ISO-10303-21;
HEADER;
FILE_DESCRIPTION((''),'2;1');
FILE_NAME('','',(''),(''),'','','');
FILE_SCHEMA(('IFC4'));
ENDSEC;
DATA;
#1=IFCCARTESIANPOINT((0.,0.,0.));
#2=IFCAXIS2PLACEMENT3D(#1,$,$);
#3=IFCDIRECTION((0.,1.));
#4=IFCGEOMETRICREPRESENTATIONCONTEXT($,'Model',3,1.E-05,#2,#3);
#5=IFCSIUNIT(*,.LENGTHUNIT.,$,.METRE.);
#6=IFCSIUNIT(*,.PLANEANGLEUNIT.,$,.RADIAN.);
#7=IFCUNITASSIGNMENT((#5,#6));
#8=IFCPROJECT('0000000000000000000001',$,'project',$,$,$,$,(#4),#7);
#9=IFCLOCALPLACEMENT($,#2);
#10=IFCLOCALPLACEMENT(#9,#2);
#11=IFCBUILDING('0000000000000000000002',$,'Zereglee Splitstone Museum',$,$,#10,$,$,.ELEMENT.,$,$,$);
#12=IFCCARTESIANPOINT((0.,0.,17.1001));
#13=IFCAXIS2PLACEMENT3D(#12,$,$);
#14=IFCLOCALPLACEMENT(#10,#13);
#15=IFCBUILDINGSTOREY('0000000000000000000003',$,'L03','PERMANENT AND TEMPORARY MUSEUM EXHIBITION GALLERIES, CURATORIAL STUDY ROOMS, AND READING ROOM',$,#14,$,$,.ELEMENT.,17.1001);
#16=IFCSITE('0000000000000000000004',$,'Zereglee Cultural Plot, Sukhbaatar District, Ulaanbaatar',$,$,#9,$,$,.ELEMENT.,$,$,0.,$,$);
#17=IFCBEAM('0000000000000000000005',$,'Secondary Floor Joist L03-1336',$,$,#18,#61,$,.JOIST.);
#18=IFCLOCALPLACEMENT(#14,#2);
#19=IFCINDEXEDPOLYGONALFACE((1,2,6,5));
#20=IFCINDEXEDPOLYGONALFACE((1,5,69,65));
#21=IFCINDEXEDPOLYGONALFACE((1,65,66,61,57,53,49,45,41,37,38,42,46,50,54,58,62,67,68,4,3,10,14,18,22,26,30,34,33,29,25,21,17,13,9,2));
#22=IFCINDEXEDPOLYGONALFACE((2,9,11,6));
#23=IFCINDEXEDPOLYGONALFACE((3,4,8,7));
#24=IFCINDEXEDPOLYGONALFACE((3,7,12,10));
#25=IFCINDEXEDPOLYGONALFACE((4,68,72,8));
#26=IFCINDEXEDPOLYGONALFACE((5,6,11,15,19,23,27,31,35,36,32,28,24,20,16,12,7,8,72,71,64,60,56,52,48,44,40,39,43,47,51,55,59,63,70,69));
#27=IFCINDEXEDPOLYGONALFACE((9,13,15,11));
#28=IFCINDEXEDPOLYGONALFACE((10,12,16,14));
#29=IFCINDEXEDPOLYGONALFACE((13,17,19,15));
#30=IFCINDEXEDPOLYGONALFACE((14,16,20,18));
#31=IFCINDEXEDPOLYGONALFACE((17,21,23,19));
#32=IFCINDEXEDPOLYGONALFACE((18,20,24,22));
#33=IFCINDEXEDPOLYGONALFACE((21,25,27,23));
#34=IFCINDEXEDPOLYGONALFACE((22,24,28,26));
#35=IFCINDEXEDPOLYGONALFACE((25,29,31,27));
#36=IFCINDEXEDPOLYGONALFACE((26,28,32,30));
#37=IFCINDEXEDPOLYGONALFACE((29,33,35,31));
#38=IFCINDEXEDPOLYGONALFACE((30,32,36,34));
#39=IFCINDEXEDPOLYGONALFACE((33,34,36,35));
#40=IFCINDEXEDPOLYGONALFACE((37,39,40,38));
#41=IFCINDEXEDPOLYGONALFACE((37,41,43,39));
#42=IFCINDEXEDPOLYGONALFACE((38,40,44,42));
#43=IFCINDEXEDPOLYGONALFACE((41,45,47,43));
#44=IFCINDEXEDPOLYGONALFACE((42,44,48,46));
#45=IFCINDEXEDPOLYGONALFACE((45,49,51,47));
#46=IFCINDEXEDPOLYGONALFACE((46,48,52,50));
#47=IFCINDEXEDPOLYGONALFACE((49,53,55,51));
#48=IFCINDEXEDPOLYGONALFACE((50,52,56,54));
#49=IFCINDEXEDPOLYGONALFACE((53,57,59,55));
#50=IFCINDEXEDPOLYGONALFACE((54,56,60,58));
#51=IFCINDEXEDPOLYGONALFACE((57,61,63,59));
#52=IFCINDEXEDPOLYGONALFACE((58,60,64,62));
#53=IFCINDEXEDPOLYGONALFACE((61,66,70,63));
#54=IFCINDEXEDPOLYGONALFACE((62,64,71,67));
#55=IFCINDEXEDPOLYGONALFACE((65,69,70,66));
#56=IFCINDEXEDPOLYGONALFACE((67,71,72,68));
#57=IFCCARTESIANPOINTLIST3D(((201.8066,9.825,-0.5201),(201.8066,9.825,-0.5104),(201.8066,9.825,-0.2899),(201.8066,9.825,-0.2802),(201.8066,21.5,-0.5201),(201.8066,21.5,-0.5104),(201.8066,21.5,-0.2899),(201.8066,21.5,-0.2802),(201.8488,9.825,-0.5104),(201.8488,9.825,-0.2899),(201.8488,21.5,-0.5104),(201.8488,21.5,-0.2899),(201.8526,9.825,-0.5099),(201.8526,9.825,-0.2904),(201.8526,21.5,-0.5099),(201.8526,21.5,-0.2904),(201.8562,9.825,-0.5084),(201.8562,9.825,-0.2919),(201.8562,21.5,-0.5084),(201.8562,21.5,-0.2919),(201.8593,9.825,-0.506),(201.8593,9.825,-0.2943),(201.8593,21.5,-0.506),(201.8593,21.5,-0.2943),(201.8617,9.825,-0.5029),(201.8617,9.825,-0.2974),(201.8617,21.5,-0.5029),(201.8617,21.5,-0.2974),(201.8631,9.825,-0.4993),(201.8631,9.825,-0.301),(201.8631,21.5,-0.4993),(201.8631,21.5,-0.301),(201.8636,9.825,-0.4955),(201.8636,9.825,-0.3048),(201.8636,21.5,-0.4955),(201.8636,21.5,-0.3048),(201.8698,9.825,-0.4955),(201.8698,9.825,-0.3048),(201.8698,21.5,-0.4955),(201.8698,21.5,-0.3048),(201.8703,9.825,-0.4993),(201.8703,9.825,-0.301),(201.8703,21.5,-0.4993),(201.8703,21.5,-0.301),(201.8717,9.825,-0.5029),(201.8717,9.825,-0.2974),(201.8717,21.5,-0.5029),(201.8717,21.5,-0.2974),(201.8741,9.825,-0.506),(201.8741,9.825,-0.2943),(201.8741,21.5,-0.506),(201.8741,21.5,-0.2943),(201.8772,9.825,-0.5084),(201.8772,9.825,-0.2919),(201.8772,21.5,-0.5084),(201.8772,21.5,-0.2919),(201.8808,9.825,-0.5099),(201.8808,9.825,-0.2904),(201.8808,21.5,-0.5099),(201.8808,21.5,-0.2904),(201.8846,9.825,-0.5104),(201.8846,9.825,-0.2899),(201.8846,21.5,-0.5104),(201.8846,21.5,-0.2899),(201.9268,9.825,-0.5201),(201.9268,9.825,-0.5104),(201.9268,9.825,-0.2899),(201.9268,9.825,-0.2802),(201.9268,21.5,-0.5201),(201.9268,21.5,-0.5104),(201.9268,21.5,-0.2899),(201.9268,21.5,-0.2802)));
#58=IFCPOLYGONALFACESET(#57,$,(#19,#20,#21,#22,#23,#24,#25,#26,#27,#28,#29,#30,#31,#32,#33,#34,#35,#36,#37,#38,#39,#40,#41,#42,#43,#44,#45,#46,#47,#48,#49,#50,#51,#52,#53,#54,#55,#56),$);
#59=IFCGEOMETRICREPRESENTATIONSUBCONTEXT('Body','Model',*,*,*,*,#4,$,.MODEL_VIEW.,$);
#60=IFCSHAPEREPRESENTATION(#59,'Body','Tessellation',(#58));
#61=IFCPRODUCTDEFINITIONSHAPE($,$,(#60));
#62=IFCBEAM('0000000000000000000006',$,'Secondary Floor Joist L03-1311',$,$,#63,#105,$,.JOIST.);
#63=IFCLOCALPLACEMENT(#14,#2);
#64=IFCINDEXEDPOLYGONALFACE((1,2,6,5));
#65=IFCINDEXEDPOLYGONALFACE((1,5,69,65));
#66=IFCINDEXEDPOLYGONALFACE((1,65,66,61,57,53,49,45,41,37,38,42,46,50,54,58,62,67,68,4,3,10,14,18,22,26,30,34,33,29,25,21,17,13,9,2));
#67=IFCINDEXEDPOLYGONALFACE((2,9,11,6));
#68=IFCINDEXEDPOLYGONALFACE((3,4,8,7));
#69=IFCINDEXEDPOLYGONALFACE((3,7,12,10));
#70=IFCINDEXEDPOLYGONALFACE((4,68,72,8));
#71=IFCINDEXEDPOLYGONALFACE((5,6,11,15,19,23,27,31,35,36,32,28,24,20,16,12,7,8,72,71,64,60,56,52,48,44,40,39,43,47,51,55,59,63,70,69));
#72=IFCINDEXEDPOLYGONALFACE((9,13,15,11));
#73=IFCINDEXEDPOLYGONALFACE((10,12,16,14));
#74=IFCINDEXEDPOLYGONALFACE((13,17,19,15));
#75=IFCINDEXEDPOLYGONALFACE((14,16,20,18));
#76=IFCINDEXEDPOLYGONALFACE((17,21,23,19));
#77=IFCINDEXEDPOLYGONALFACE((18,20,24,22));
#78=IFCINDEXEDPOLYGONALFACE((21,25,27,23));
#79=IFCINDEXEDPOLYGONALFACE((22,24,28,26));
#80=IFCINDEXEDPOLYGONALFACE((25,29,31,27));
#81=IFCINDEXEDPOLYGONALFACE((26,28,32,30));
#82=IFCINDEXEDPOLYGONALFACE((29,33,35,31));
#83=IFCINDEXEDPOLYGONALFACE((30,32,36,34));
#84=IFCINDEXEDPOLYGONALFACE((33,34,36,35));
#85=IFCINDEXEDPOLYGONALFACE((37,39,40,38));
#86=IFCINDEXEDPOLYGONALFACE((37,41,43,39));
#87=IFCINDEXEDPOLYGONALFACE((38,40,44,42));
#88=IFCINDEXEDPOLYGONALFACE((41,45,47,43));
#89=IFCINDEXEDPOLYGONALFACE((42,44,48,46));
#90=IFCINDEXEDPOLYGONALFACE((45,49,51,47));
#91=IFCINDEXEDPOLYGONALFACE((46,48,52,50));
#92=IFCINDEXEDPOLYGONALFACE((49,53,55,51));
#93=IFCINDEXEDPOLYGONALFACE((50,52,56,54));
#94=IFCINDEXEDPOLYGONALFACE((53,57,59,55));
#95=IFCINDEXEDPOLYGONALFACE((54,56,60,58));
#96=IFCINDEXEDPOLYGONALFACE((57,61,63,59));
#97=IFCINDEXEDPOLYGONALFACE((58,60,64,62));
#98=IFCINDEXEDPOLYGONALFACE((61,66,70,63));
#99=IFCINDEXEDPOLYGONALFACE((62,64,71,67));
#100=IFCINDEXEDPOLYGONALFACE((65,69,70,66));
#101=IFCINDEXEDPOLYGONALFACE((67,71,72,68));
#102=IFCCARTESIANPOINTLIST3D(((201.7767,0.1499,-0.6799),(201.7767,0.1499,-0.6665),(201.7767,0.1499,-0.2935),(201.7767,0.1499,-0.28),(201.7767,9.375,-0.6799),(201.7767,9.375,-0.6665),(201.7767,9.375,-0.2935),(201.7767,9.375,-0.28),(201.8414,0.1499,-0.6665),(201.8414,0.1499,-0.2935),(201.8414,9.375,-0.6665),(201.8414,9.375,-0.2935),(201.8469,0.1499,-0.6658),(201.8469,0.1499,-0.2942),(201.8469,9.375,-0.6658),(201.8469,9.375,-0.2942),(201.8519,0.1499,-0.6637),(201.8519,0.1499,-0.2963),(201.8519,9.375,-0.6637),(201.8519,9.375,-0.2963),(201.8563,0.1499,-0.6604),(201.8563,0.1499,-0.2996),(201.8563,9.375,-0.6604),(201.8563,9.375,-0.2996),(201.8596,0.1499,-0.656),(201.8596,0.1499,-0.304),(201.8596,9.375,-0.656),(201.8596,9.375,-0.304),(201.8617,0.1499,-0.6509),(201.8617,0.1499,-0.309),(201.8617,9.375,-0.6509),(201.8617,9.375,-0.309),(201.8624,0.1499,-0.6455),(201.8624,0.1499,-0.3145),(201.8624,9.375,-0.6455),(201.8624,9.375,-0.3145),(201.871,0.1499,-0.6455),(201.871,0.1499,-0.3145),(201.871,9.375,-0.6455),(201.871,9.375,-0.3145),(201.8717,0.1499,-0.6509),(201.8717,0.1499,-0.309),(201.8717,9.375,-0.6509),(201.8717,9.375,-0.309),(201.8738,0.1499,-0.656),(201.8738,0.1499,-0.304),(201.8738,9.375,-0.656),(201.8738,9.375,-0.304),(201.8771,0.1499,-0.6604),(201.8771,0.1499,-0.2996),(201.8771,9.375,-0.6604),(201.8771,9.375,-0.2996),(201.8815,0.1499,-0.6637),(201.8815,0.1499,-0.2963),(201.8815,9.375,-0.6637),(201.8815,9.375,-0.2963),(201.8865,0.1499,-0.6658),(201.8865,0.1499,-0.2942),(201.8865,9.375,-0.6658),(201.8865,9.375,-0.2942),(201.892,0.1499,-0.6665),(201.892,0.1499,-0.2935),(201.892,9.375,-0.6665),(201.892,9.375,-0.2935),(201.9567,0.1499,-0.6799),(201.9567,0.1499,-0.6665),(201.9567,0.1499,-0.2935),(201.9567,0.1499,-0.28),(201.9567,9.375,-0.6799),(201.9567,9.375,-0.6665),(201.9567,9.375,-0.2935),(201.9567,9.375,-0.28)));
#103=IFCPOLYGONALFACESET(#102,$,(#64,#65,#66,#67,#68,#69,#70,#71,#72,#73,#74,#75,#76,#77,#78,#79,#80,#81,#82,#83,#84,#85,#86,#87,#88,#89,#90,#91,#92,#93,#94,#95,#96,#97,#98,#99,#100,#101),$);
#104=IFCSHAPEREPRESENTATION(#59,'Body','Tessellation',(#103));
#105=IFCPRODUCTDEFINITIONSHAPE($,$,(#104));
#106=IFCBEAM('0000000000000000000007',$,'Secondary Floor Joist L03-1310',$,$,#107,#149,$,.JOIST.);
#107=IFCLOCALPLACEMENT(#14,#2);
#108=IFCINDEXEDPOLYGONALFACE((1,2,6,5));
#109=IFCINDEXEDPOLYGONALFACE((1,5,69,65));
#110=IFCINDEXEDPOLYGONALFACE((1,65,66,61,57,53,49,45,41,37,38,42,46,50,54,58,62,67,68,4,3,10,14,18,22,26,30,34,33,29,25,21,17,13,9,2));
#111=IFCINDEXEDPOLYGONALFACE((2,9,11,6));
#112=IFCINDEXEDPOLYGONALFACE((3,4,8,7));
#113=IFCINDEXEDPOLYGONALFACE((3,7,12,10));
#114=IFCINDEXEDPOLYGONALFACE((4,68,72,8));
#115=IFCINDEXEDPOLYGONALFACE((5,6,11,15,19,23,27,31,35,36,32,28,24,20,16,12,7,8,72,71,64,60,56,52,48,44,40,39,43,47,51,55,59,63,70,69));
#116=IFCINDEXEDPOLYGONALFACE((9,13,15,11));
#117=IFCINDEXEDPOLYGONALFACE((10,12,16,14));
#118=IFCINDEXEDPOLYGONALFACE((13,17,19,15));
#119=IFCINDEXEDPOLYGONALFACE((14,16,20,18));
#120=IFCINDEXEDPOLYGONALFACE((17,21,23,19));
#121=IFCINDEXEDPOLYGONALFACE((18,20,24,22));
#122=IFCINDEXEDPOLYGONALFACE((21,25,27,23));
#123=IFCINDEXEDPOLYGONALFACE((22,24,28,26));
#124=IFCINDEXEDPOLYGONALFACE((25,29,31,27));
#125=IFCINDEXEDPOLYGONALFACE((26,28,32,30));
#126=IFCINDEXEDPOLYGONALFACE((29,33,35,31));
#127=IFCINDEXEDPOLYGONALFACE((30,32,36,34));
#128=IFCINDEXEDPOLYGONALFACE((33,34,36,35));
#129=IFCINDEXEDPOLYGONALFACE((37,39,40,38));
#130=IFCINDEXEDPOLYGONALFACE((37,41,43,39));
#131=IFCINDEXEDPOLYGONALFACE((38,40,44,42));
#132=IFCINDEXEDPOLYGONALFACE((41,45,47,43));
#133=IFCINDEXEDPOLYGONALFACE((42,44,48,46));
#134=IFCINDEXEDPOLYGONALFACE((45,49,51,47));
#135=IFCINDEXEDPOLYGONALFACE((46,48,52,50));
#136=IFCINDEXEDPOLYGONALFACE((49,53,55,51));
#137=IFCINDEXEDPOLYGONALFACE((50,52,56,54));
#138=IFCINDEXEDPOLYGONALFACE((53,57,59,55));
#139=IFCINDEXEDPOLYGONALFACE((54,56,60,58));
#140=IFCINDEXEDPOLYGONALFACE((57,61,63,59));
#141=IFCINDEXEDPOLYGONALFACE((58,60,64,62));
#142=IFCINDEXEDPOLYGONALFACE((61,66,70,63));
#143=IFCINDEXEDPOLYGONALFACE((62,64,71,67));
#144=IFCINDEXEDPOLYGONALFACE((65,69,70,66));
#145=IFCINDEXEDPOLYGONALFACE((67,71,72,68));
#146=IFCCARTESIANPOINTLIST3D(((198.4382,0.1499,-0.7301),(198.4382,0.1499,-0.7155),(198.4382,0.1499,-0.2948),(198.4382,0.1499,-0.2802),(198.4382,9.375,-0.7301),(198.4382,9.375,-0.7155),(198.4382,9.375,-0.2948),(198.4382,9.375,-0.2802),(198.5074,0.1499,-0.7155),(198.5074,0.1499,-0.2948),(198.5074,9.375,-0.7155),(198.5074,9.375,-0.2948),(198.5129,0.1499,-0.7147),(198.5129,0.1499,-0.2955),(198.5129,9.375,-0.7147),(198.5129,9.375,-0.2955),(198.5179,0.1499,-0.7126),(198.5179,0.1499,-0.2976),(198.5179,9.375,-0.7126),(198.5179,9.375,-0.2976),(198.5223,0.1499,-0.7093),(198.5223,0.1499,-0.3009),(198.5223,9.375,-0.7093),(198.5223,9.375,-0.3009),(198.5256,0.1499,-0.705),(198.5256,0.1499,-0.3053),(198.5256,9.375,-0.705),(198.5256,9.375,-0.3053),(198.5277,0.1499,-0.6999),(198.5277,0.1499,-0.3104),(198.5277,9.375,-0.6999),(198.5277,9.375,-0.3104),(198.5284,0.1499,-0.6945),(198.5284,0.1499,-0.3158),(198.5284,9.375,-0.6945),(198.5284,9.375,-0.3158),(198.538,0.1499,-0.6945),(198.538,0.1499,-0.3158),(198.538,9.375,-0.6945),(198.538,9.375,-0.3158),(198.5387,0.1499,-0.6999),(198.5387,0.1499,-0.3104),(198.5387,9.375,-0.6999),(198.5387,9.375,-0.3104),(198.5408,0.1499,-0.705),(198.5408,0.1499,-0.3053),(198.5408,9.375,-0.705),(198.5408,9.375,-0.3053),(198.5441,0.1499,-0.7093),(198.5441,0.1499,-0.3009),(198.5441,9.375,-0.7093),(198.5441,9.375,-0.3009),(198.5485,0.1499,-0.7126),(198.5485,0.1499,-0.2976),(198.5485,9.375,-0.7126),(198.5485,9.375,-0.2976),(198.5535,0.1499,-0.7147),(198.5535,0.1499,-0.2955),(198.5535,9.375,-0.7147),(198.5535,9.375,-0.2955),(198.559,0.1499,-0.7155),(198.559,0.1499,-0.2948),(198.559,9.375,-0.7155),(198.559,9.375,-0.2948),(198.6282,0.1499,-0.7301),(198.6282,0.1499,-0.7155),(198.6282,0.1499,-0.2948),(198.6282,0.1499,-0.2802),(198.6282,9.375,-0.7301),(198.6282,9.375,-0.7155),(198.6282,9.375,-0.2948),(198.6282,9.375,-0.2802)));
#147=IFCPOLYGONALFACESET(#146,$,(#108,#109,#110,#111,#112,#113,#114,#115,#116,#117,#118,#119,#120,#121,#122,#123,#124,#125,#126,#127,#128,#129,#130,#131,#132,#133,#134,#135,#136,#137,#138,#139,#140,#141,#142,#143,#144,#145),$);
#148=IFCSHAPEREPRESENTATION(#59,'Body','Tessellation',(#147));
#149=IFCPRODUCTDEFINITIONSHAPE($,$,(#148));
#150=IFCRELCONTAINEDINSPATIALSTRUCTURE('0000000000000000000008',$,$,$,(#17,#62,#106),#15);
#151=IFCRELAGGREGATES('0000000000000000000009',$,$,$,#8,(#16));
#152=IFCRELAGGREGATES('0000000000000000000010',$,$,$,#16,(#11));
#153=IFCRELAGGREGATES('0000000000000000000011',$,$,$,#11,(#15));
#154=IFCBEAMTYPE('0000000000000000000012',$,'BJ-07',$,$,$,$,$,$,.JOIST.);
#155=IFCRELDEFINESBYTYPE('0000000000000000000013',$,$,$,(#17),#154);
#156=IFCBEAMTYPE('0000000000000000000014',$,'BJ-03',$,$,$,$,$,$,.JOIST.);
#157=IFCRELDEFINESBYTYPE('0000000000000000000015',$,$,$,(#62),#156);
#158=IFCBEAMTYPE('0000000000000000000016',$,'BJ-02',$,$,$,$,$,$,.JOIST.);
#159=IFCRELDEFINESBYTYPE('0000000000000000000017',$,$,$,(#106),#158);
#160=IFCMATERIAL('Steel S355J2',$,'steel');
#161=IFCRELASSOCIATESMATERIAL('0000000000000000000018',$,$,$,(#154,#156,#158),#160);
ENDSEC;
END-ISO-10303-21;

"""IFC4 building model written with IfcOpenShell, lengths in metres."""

from ifc_helpers import new_model, si_unit, direction, frame, origin, origin_2d, place, context, subcontext, project, spatial, i_section, extrude, material, material_profile, profile_set, type_object, element, save


model = new_model("IFC4")

# Units and contexts
model_context = context("Model", 3, precision=1e-05, world=origin(), true_north=direction((0.0, 1.0)))
body_context = subcontext(model_context, "Body", "Model", "MODEL_VIEW")
ifc_project = project(units=[si_unit("LENGTHUNIT", "METRE"), si_unit("PLANEANGLEUNIT", "RADIAN")], contexts=[model_context])

# Site, building, storey
site_placement = place(None, origin())
site = spatial("IfcSite", under=ifc_project, at=site_placement, Name="Zereglee Cultural Plot, Sukhbaatar District, Ulaanbaatar", CompositionType="ELEMENT", RefElevation=0.0)
building_placement = place(site_placement, origin())
building = spatial("IfcBuilding", under=site, at=building_placement, Name="Zereglee Splitstone Museum", CompositionType="ELEMENT")
storey_placement = place(building_placement, frame((0.0, 0.0, 17.1001)))
storey = spatial("IfcBuildingStorey", under=building, at=storey_placement, Name="L03", Description="PERMANENT AND TEMPORARY MUSEUM EXHIBITION GALLERIES, CURATORIAL STUDY ROOMS, AND READING ROOM", CompositionType="ELEMENT", Elevation=17.1001)

# Beams
ifc_material_1 = material(Name="Steel S355J2", Category="steel")
ifc_material_profile_1 = material_profile(ifc_material_1, i_section(OverallWidth=0.1201, OverallDepth=0.24, WebThickness=0.0061, FlangeThickness=0.0098, FilletRadius=0.0149, at=origin_2d()), Name="IPE 240")
ifc_profile_set_1 = profile_set([ifc_material_profile_1], Name="Steel S355J2")
beam_type_1 = type_object("IfcBeamType", Name="BJ-07", PredefinedType="JOIST", material=ifc_profile_set_1)
beam_1_placement = place(storey_placement, frame((201.8667, 9.825, -0.4001), z_axis=(0.0, 1.0, 0.0), x_axis=(-1.0, 0.0, 0.0)))
element("IfcBeam", 1, at=beam_1_placement, inside=storey, type_object=beam_type_1, Name="Secondary Floor Joist L03-1336", PredefinedType="JOIST", context=body_context, shape_type="SweptSolid", body=[
    extrude(i_section(OverallWidth=0.1201, OverallDepth=0.24, WebThickness=0.0061, FlangeThickness=0.0098, FilletRadius=0.0149, at=origin_2d()), origin(), (0.0, 0.0, 1.0), 11.675),
])
ifc_material_profile_2 = material_profile(ifc_material_1, i_section(OverallWidth=0.1799, OverallDepth=0.3999, WebThickness=0.0085, FlangeThickness=0.0134, FilletRadius=0.021, at=origin_2d()), Name="IPE 400")
ifc_profile_set_2 = profile_set([ifc_material_profile_2], Name="Steel S355J2")
beam_type_2 = type_object("IfcBeamType", Name="BJ-03", PredefinedType="JOIST", material=ifc_profile_set_2)
beam_2_placement = place(storey_placement, frame((201.8667, 0.1499, -0.48), z_axis=(0.0, 1.0, 0.0), x_axis=(-1.0, 0.0, 0.0)))
element("IfcBeam", 2, at=beam_2_placement, inside=storey, type_object=beam_type_2, Name="Secondary Floor Joist L03-1311", PredefinedType="JOIST", context=body_context, shape_type="SweptSolid", body=[
    extrude(i_section(OverallWidth=0.1799, OverallDepth=0.3999, WebThickness=0.0085, FlangeThickness=0.0134, FilletRadius=0.021, at=origin_2d()), origin(), (0.0, 0.0, 1.0), 9.2251),
])
ifc_material_profile_3 = material_profile(ifc_material_1, i_section(OverallWidth=0.1899, OverallDepth=0.45, WebThickness=0.0095, FlangeThickness=0.0146, FilletRadius=0.021, at=origin_2d()), Name="IPE 450")
ifc_profile_set_3 = profile_set([ifc_material_profile_3], Name="Steel S355J2")
beam_type_3 = type_object("IfcBeamType", Name="BJ-02", PredefinedType="JOIST", material=ifc_profile_set_3)
beam_3_placement = place(storey_placement, frame((198.5332, 0.1499, -0.5051), z_axis=(0.0, 1.0, 0.0), x_axis=(-1.0, 0.0, 0.0)))
element("IfcBeam", 3, at=beam_3_placement, inside=storey, type_object=beam_type_3, Name="Secondary Floor Joist L03-1310", PredefinedType="JOIST", context=body_context, shape_type="SweptSolid", body=[
    extrude(i_section(OverallWidth=0.1899, OverallDepth=0.45, WebThickness=0.0095, FlangeThickness=0.0146, FilletRadius=0.021, at=origin_2d()), origin(), (0.0, 0.0, 1.0), 9.2251),
])

save(model, "model.ifc")
